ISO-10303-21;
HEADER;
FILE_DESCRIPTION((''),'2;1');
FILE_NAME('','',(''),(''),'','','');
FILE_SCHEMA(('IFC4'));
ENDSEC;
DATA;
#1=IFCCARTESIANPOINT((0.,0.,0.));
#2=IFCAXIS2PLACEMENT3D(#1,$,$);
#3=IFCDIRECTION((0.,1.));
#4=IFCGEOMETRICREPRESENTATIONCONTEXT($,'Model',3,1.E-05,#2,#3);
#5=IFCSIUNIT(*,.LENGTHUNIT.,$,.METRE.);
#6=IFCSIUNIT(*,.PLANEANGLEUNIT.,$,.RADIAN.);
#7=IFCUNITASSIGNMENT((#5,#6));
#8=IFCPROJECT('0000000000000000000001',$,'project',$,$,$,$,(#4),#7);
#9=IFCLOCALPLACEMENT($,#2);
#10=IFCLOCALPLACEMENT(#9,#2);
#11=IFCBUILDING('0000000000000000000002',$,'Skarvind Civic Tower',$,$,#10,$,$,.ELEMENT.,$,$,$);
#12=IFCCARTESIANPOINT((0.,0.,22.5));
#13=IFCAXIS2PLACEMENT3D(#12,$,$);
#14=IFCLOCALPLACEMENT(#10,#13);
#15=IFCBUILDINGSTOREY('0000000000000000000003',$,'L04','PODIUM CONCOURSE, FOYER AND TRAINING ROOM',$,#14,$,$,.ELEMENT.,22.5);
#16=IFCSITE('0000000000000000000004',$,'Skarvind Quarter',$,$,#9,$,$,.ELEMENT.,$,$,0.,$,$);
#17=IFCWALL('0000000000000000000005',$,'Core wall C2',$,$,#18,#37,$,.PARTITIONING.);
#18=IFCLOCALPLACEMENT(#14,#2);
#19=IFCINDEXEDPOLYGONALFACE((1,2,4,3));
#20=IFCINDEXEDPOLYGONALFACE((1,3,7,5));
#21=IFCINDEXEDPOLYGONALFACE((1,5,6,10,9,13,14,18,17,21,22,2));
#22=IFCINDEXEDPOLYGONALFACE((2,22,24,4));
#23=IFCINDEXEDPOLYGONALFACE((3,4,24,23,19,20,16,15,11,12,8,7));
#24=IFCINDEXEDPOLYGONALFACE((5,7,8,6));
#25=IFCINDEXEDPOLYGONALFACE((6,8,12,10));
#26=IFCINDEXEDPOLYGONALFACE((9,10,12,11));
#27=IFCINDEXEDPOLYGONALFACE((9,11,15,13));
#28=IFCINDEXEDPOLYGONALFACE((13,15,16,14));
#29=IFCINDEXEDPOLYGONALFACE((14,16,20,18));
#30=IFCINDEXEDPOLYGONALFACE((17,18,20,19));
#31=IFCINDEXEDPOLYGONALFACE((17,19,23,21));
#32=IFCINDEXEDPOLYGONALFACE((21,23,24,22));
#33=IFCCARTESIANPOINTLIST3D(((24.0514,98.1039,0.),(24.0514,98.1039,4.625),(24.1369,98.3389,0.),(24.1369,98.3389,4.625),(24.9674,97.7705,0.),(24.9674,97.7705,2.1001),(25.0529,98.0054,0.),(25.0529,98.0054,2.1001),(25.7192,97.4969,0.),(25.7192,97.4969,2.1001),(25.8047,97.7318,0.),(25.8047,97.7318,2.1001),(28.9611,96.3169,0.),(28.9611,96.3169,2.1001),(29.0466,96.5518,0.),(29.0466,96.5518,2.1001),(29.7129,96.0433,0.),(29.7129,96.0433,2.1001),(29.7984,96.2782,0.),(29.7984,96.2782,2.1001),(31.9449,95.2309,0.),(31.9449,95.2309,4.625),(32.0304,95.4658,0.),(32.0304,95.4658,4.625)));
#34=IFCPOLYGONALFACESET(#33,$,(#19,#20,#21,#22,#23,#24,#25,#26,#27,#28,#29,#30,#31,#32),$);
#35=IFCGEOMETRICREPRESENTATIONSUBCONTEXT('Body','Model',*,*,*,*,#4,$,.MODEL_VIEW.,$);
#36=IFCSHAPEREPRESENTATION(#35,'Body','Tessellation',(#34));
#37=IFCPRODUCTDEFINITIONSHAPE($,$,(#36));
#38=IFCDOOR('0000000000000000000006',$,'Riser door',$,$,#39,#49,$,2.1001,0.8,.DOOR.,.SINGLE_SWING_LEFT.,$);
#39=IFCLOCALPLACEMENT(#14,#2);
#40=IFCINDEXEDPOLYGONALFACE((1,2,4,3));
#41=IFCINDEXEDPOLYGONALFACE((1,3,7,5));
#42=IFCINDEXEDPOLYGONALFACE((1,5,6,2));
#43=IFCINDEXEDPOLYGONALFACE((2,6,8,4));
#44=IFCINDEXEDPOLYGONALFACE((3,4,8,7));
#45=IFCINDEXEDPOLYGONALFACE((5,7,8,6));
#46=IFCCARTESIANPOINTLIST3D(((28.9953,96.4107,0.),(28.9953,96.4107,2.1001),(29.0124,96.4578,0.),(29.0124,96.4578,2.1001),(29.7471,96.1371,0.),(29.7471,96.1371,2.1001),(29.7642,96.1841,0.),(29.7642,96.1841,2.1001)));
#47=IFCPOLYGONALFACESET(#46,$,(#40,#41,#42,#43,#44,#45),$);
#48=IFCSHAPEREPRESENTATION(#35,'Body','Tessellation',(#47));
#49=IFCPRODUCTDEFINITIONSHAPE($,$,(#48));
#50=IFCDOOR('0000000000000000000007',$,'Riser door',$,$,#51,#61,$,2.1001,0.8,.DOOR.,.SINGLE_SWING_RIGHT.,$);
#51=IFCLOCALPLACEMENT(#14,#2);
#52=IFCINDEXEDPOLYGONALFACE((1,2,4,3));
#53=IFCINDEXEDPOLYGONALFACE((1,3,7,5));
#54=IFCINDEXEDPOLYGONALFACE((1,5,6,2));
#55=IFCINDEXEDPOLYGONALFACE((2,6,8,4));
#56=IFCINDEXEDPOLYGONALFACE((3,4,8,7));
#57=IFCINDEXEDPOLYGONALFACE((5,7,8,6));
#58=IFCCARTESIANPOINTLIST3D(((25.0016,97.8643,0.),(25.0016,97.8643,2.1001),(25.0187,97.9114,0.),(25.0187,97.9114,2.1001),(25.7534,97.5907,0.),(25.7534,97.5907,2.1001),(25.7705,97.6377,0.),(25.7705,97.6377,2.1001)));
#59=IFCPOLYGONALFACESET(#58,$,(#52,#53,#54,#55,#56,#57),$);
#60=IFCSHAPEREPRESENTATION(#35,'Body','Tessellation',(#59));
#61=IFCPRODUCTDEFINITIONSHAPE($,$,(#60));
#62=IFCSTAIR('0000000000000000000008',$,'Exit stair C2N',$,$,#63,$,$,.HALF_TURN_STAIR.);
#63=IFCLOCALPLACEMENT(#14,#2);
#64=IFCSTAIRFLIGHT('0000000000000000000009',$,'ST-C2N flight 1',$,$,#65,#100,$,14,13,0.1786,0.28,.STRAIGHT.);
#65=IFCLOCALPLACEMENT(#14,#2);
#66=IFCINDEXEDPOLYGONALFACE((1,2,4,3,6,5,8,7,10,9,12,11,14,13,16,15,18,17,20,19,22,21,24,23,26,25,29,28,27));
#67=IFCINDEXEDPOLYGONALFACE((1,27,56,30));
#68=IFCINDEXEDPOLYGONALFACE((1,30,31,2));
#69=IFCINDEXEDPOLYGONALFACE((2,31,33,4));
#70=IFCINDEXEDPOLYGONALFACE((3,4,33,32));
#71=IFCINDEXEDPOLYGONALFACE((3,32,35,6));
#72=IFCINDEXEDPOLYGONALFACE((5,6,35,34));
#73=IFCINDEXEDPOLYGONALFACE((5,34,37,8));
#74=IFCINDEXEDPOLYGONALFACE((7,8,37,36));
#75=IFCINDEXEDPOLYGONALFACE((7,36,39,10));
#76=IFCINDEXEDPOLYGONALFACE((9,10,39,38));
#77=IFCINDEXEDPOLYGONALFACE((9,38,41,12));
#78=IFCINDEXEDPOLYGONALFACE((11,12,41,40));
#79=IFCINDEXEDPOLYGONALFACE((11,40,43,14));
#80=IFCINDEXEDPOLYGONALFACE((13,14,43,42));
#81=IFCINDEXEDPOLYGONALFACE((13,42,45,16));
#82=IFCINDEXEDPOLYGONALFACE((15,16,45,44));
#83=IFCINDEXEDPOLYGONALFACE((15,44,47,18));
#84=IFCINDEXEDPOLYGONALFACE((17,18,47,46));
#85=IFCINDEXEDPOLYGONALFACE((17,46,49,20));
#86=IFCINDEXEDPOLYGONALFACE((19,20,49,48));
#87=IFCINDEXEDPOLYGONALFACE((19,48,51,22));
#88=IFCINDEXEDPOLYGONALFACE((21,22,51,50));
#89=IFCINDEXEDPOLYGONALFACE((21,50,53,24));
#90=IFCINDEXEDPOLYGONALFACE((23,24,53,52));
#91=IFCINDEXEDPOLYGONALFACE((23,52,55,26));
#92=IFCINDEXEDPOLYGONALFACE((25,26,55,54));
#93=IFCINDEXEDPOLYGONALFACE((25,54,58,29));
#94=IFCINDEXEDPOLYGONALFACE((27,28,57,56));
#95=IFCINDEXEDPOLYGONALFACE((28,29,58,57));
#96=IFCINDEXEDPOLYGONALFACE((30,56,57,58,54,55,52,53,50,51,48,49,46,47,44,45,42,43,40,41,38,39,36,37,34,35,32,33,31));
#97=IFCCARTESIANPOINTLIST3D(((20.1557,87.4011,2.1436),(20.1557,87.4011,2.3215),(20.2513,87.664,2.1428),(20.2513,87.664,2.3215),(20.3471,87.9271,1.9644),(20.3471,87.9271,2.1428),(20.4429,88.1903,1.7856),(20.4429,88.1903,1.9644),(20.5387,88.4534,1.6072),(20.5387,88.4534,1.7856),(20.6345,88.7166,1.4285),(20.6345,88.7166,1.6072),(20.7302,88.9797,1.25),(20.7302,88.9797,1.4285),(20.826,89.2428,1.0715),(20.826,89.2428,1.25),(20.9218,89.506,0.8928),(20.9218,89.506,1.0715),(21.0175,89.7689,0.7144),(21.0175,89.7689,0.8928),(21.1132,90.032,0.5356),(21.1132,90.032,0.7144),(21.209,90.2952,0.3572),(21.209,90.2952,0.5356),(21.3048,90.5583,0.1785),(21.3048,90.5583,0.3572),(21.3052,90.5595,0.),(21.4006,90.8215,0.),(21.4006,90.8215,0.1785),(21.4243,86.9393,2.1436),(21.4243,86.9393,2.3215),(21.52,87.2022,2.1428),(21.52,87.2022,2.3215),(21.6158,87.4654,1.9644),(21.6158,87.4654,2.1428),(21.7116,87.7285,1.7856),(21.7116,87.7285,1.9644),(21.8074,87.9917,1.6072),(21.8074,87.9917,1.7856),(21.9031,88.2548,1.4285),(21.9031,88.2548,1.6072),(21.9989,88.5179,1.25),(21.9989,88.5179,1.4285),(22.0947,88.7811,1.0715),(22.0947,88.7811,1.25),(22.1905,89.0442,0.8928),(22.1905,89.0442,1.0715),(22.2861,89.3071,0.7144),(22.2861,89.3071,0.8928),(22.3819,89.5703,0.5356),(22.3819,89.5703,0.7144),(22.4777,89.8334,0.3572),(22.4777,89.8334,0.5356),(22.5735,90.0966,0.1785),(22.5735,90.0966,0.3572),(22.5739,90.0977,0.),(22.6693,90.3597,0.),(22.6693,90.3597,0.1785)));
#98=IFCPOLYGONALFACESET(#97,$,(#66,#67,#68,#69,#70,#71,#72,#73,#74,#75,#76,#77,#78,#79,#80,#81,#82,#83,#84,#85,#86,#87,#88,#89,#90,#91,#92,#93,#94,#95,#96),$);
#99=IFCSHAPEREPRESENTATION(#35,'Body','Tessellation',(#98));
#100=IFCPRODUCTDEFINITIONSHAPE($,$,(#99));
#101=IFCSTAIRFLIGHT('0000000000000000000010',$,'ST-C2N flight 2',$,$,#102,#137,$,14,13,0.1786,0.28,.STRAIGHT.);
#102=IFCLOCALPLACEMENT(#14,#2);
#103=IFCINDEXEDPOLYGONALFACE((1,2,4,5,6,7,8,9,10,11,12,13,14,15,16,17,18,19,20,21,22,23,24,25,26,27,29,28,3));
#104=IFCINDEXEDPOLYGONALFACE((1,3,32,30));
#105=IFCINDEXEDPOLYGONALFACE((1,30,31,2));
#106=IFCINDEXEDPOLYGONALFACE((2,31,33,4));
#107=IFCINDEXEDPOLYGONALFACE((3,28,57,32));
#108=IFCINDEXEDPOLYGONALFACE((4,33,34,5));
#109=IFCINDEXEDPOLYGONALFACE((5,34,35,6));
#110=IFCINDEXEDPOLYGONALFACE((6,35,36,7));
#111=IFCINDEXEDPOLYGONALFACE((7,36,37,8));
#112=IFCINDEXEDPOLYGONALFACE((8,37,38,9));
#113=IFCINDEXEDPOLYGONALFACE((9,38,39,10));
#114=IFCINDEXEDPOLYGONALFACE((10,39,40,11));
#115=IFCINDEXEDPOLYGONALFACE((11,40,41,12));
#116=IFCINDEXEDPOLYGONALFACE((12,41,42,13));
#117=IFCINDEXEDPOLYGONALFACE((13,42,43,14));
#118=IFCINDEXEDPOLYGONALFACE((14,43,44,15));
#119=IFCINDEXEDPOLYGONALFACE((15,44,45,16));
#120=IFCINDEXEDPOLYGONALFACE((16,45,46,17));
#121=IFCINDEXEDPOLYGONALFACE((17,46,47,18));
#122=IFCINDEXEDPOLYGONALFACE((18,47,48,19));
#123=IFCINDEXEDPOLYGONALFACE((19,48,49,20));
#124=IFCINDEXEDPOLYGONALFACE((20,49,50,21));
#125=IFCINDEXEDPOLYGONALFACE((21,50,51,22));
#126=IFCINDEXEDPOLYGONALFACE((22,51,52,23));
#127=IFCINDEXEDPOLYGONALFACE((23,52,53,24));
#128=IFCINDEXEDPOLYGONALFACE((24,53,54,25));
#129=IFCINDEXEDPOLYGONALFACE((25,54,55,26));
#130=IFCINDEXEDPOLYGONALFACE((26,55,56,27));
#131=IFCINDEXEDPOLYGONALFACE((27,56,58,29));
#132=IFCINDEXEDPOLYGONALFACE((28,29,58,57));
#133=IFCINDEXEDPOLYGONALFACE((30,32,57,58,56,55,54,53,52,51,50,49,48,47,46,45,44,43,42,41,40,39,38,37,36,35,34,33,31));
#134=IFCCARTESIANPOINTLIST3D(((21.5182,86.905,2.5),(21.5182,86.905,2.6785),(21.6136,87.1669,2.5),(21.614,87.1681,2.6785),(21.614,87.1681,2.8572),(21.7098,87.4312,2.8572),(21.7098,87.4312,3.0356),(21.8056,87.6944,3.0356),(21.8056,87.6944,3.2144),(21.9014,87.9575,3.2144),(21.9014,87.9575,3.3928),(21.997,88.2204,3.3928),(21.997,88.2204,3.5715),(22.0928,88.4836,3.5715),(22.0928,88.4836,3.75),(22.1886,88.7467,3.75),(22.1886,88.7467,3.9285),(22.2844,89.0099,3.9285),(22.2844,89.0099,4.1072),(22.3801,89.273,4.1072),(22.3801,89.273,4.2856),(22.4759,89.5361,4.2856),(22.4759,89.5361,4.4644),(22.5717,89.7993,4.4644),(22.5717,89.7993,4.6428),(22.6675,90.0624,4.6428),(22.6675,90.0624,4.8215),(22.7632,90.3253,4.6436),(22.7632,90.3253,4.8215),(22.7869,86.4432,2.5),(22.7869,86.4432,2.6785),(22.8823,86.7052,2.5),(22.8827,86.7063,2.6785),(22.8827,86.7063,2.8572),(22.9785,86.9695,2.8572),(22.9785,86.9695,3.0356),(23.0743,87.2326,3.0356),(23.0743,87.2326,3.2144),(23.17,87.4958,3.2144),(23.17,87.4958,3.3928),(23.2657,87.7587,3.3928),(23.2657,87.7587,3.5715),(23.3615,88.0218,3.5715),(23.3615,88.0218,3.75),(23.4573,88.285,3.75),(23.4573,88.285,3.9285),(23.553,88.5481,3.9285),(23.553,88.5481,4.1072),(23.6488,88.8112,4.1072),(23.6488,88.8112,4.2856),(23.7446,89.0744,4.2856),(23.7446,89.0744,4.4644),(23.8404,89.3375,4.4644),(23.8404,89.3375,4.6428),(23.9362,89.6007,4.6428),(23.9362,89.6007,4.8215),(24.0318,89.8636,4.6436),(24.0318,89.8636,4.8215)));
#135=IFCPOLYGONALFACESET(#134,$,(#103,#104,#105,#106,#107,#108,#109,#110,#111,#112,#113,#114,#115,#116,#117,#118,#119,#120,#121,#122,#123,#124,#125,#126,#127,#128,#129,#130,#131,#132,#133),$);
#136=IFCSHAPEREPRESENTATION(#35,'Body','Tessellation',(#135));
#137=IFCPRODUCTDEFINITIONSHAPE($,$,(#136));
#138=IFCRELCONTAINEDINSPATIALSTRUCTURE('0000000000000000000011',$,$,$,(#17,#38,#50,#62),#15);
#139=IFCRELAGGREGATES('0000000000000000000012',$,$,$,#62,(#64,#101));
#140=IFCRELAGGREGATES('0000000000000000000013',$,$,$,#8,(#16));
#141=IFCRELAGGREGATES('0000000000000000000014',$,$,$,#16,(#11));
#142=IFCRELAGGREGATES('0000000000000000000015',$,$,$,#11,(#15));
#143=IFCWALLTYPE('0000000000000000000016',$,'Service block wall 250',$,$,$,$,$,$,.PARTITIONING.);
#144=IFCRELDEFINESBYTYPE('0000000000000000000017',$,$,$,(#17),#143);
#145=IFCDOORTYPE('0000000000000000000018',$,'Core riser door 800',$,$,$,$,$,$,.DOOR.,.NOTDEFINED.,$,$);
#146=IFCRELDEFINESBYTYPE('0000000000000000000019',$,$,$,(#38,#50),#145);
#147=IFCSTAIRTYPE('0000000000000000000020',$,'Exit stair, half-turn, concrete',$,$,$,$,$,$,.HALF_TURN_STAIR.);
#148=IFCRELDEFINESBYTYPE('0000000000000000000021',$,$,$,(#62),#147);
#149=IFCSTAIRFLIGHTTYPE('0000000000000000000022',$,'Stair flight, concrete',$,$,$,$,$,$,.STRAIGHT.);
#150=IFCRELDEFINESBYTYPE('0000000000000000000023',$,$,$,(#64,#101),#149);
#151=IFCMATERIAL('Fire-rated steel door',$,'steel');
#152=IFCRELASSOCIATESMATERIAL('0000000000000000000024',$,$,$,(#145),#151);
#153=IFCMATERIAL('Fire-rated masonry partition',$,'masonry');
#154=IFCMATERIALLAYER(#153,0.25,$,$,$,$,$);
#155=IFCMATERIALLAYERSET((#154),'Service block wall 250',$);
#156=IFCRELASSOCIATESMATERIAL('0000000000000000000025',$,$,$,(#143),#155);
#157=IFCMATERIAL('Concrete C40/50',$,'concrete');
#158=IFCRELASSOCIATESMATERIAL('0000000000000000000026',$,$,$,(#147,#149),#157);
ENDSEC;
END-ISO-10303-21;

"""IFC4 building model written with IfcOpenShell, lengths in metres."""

from ifc_helpers import new_model, si_unit, direction, frame, frame_2d, origin, place, context, subcontext, project, spatial, polyline, rectangle, outline, extrude, material, layer, layer_set, type_object, element, fill, aggregate, save


model = new_model("IFC4")

# Units and contexts
model_context = context("Model", 3, precision=1e-05, world=origin(), true_north=direction((0.0, 1.0)))
body_context = subcontext(model_context, "Body", "Model", "MODEL_VIEW")
ifc_project = project(units=[si_unit("LENGTHUNIT", "METRE"), si_unit("PLANEANGLEUNIT", "RADIAN")], contexts=[model_context])

# Site, building, storey
site_placement = place(None, origin())
site = spatial("IfcSite", under=ifc_project, at=site_placement, Name="Skarvind Quarter", CompositionType="ELEMENT", RefElevation=0.0)
building_placement = place(site_placement, origin())
building = spatial("IfcBuilding", under=site, at=building_placement, Name="Skarvind Civic Tower", CompositionType="ELEMENT")
storey_placement = place(building_placement, frame((0.0, 0.0, 22.5)))
storey = spatial("IfcBuildingStorey", under=building, at=storey_placement, Name="L04", Description="PODIUM CONCOURSE, FOYER AND TRAINING ROOM", CompositionType="ELEMENT", Elevation=22.5)

# Shared definitions
ifc_material_1 = material(Name="Fire-rated masonry partition", Category="masonry")
ifc_material_2 = material(Name="Fire-rated steel door", Category="steel")

# Shared definitions
door_type_1 = type_object("IfcDoorType", Name="Core riser door 800", OperationType="NOTDEFINED", PredefinedType="DOOR", material=ifc_material_2)

# Wall, openings, doors
ifc_layer_1 = layer(ifc_material_1, 0.25)
ifc_layer_set_1 = layer_set([ifc_layer_1], Name="Service block wall 250")
wall_type_1 = type_object("IfcWallType", Name="Service block wall 250", PredefinedType="PARTITIONING", material=ifc_layer_set_1)
wall_1_placement = place(storey_placement, frame((24.094, 98.2214, 0.0), z_axis=(0.0, 0.0, 1.0), x_axis=(0.939692, -0.342023, 0.0)))
wall_1 = element("IfcWall", 1, at=wall_1_placement, inside=storey, type_object=wall_type_1, Name="Core wall C2", PredefinedType="PARTITIONING", context=body_context, shape_type="SweptSolid", body=[
    extrude(rectangle(XDim=8.4001, YDim=0.25, at=frame_2d((4.2002, 0.0))), origin(), (0.0, 0.0, 1.0), 4.625),
])
opening_1_placement = place(wall_1_placement, frame((5.2251, 0.0, 0.0)))
opening_1 = element("IfcOpeningElement", 2, at=opening_1_placement, cuts=wall_1, PredefinedType="OPENING", context=body_context, shape_type="SweptSolid", body=[
    extrude(rectangle(XDim=0.8, YDim=2.1001, at=frame_2d((0.3999, 1.05))), frame((0.0, 0.135, 0.0), z_axis=(0.0, -1.0, 0.0), x_axis=(1.0, 0.0, 0.0)), (0.0, 0.0, 1.0), 0.27),
])
opening_2_placement = place(wall_1_placement, frame((0.9751, 0.0, 0.0)))
opening_2 = element("IfcOpeningElement", 3, at=opening_2_placement, cuts=wall_1, PredefinedType="OPENING", context=body_context, shape_type="SweptSolid", body=[
    extrude(rectangle(XDim=0.8, YDim=2.1001, at=frame_2d((0.3999, 1.05))), frame((0.0, 0.135, 0.0), z_axis=(0.0, -1.0, 0.0), x_axis=(1.0, 0.0, 0.0)), (0.0, 0.0, 1.0), 0.27),
])
door_1_placement = place(opening_1_placement, origin())
door_1 = element("IfcDoor", 4, at=door_1_placement, inside=storey, type_object=door_type_1, Name="Riser door", OperationType="SINGLE_SWING_LEFT", OverallHeight=2.1001, OverallWidth=0.8, PredefinedType="DOOR", context=body_context, shape_type="SweptSolid", body=[
    extrude(rectangle(XDim=0.8, YDim=2.1001, at=frame_2d((0.3999, 1.05))), frame((0.0, 0.0249, 0.0), z_axis=(0.0, -1.0, 0.0), x_axis=(1.0, 0.0, 0.0)), (0.0, 0.0, 1.0), 0.05),
])
fill(opening_1, door_1)
door_2_placement = place(opening_2_placement, origin())
door_2 = element("IfcDoor", 5, at=door_2_placement, inside=storey, type_object=door_type_1, Name="Riser door", OperationType="SINGLE_SWING_RIGHT", OverallHeight=2.1001, OverallWidth=0.8, PredefinedType="DOOR", context=body_context, shape_type="SweptSolid", body=[
    extrude(rectangle(XDim=0.8, YDim=2.1001, at=frame_2d((0.3999, 1.05))), frame((0.0, 0.0249, 0.0), z_axis=(0.0, -1.0, 0.0), x_axis=(1.0, 0.0, 0.0)), (0.0, 0.0, 1.0), 0.05),
])
fill(opening_2, door_2)

# Stair, stair flights
ifc_material_3 = material(Name="Concrete C40/50", Category="concrete")
stair_type = type_object("IfcStairType", Name="Exit stair, half-turn, concrete", PredefinedType="HALF_TURN_STAIR", material=ifc_material_3)
stair_placement = place(storey_placement, origin())
stair = element("IfcStair", 6, at=stair_placement, inside=storey, type_object=stair_type, Name="Exit stair C2N", PredefinedType="HALF_TURN_STAIR")
stair_flight_type = type_object("IfcStairFlightType", Name="Stair flight, concrete", PredefinedType="STRAIGHT", material=ifc_material_3)
stair_flight_1_placement = place(storey_placement, frame((22.0349, 90.5906, 0.0), z_axis=(0.0, 0.0, 1.0), x_axis=(-0.34202, -0.939693, 0.0)))
stair_flight_1 = element("IfcStairFlight", 7, at=stair_flight_1_placement, type_object=stair_flight_type, Name="ST-C2N flight 1", NumberOfRisers=14, NumberOfTreads=13, PredefinedType="STRAIGHT", RiserHeight=0.1786, TreadLength=0.28, context=body_context, shape_type="SweptSolid", body=[
    extrude(outline(polyline([(0.0, 0.0), (0.0, 0.1785), (0.28, 0.1785), (0.28, 0.3572), (0.5601, 0.3572), (0.5601, 0.5356), (0.8401, 0.5356), (0.8401, 0.7144), (1.1201, 0.7144), (1.1201, 0.8928), (1.3999, 0.8928), (1.3999, 1.0715), (1.6799, 1.0715), (1.6799, 1.25), (1.96, 1.25), (1.96, 1.4285), (2.24, 1.4285), (2.24, 1.6072), (2.52, 1.6072), (2.52, 1.7856), (2.8, 1.7856), (2.8, 1.9644), (3.0801, 1.9644), (3.0801, 2.1428), (3.3601, 2.1428), (3.3601, 2.3215), (3.6399, 2.3215), (3.6399, 2.5), (3.6399, 2.1436), (0.2788, 0.0), (0.0, 0.0)])), frame((0.0, 0.675, 0.0), z_axis=(0.0, -1.0, 0.0), x_axis=(1.0, 0.0, 0.0)), (0.0, 0.0, 1.0), 1.3501),
])
stair_flight_2_placement = place(storey_placement, frame((22.1526, 86.6741, 2.5), z_axis=(0.0, 0.0, 1.0), x_axis=(0.34202, 0.939693, 0.0)))
stair_flight_2 = element("IfcStairFlight", 8, at=stair_flight_2_placement, type_object=stair_flight_type, Name="ST-C2N flight 2", NumberOfRisers=14, NumberOfTreads=13, PredefinedType="STRAIGHT", RiserHeight=0.1786, TreadLength=0.28, context=body_context, shape_type="SweptSolid", body=[
    extrude(outline(polyline([(0.0, 0.0), (0.0, 0.1785), (0.28, 0.1785), (0.28, 0.3572), (0.5601, 0.3572), (0.5601, 0.5356), (0.8401, 0.5356), (0.8401, 0.7144), (1.1201, 0.7144), (1.1201, 0.8928), (1.3999, 0.8928), (1.3999, 1.0715), (1.6799, 1.0715), (1.6799, 1.25), (1.96, 1.25), (1.96, 1.4285), (2.24, 1.4285), (2.24, 1.6072), (2.52, 1.6072), (2.52, 1.7856), (2.8, 1.7856), (2.8, 1.9644), (3.0801, 1.9644), (3.0801, 2.1428), (3.3601, 2.1428), (3.3601, 2.3215), (3.6399, 2.3215), (3.6399, 2.5), (3.6399, 2.1436), (0.2788, 0.0), (0.0, 0.0)])), frame((0.0, 0.675, 0.0), z_axis=(0.0, -1.0, 0.0), x_axis=(1.0, 0.0, 0.0)), (0.0, 0.0, 1.0), 1.3501),
])
aggregate(stair, [stair_flight_1, stair_flight_2])

save(model, "model.ifc")
